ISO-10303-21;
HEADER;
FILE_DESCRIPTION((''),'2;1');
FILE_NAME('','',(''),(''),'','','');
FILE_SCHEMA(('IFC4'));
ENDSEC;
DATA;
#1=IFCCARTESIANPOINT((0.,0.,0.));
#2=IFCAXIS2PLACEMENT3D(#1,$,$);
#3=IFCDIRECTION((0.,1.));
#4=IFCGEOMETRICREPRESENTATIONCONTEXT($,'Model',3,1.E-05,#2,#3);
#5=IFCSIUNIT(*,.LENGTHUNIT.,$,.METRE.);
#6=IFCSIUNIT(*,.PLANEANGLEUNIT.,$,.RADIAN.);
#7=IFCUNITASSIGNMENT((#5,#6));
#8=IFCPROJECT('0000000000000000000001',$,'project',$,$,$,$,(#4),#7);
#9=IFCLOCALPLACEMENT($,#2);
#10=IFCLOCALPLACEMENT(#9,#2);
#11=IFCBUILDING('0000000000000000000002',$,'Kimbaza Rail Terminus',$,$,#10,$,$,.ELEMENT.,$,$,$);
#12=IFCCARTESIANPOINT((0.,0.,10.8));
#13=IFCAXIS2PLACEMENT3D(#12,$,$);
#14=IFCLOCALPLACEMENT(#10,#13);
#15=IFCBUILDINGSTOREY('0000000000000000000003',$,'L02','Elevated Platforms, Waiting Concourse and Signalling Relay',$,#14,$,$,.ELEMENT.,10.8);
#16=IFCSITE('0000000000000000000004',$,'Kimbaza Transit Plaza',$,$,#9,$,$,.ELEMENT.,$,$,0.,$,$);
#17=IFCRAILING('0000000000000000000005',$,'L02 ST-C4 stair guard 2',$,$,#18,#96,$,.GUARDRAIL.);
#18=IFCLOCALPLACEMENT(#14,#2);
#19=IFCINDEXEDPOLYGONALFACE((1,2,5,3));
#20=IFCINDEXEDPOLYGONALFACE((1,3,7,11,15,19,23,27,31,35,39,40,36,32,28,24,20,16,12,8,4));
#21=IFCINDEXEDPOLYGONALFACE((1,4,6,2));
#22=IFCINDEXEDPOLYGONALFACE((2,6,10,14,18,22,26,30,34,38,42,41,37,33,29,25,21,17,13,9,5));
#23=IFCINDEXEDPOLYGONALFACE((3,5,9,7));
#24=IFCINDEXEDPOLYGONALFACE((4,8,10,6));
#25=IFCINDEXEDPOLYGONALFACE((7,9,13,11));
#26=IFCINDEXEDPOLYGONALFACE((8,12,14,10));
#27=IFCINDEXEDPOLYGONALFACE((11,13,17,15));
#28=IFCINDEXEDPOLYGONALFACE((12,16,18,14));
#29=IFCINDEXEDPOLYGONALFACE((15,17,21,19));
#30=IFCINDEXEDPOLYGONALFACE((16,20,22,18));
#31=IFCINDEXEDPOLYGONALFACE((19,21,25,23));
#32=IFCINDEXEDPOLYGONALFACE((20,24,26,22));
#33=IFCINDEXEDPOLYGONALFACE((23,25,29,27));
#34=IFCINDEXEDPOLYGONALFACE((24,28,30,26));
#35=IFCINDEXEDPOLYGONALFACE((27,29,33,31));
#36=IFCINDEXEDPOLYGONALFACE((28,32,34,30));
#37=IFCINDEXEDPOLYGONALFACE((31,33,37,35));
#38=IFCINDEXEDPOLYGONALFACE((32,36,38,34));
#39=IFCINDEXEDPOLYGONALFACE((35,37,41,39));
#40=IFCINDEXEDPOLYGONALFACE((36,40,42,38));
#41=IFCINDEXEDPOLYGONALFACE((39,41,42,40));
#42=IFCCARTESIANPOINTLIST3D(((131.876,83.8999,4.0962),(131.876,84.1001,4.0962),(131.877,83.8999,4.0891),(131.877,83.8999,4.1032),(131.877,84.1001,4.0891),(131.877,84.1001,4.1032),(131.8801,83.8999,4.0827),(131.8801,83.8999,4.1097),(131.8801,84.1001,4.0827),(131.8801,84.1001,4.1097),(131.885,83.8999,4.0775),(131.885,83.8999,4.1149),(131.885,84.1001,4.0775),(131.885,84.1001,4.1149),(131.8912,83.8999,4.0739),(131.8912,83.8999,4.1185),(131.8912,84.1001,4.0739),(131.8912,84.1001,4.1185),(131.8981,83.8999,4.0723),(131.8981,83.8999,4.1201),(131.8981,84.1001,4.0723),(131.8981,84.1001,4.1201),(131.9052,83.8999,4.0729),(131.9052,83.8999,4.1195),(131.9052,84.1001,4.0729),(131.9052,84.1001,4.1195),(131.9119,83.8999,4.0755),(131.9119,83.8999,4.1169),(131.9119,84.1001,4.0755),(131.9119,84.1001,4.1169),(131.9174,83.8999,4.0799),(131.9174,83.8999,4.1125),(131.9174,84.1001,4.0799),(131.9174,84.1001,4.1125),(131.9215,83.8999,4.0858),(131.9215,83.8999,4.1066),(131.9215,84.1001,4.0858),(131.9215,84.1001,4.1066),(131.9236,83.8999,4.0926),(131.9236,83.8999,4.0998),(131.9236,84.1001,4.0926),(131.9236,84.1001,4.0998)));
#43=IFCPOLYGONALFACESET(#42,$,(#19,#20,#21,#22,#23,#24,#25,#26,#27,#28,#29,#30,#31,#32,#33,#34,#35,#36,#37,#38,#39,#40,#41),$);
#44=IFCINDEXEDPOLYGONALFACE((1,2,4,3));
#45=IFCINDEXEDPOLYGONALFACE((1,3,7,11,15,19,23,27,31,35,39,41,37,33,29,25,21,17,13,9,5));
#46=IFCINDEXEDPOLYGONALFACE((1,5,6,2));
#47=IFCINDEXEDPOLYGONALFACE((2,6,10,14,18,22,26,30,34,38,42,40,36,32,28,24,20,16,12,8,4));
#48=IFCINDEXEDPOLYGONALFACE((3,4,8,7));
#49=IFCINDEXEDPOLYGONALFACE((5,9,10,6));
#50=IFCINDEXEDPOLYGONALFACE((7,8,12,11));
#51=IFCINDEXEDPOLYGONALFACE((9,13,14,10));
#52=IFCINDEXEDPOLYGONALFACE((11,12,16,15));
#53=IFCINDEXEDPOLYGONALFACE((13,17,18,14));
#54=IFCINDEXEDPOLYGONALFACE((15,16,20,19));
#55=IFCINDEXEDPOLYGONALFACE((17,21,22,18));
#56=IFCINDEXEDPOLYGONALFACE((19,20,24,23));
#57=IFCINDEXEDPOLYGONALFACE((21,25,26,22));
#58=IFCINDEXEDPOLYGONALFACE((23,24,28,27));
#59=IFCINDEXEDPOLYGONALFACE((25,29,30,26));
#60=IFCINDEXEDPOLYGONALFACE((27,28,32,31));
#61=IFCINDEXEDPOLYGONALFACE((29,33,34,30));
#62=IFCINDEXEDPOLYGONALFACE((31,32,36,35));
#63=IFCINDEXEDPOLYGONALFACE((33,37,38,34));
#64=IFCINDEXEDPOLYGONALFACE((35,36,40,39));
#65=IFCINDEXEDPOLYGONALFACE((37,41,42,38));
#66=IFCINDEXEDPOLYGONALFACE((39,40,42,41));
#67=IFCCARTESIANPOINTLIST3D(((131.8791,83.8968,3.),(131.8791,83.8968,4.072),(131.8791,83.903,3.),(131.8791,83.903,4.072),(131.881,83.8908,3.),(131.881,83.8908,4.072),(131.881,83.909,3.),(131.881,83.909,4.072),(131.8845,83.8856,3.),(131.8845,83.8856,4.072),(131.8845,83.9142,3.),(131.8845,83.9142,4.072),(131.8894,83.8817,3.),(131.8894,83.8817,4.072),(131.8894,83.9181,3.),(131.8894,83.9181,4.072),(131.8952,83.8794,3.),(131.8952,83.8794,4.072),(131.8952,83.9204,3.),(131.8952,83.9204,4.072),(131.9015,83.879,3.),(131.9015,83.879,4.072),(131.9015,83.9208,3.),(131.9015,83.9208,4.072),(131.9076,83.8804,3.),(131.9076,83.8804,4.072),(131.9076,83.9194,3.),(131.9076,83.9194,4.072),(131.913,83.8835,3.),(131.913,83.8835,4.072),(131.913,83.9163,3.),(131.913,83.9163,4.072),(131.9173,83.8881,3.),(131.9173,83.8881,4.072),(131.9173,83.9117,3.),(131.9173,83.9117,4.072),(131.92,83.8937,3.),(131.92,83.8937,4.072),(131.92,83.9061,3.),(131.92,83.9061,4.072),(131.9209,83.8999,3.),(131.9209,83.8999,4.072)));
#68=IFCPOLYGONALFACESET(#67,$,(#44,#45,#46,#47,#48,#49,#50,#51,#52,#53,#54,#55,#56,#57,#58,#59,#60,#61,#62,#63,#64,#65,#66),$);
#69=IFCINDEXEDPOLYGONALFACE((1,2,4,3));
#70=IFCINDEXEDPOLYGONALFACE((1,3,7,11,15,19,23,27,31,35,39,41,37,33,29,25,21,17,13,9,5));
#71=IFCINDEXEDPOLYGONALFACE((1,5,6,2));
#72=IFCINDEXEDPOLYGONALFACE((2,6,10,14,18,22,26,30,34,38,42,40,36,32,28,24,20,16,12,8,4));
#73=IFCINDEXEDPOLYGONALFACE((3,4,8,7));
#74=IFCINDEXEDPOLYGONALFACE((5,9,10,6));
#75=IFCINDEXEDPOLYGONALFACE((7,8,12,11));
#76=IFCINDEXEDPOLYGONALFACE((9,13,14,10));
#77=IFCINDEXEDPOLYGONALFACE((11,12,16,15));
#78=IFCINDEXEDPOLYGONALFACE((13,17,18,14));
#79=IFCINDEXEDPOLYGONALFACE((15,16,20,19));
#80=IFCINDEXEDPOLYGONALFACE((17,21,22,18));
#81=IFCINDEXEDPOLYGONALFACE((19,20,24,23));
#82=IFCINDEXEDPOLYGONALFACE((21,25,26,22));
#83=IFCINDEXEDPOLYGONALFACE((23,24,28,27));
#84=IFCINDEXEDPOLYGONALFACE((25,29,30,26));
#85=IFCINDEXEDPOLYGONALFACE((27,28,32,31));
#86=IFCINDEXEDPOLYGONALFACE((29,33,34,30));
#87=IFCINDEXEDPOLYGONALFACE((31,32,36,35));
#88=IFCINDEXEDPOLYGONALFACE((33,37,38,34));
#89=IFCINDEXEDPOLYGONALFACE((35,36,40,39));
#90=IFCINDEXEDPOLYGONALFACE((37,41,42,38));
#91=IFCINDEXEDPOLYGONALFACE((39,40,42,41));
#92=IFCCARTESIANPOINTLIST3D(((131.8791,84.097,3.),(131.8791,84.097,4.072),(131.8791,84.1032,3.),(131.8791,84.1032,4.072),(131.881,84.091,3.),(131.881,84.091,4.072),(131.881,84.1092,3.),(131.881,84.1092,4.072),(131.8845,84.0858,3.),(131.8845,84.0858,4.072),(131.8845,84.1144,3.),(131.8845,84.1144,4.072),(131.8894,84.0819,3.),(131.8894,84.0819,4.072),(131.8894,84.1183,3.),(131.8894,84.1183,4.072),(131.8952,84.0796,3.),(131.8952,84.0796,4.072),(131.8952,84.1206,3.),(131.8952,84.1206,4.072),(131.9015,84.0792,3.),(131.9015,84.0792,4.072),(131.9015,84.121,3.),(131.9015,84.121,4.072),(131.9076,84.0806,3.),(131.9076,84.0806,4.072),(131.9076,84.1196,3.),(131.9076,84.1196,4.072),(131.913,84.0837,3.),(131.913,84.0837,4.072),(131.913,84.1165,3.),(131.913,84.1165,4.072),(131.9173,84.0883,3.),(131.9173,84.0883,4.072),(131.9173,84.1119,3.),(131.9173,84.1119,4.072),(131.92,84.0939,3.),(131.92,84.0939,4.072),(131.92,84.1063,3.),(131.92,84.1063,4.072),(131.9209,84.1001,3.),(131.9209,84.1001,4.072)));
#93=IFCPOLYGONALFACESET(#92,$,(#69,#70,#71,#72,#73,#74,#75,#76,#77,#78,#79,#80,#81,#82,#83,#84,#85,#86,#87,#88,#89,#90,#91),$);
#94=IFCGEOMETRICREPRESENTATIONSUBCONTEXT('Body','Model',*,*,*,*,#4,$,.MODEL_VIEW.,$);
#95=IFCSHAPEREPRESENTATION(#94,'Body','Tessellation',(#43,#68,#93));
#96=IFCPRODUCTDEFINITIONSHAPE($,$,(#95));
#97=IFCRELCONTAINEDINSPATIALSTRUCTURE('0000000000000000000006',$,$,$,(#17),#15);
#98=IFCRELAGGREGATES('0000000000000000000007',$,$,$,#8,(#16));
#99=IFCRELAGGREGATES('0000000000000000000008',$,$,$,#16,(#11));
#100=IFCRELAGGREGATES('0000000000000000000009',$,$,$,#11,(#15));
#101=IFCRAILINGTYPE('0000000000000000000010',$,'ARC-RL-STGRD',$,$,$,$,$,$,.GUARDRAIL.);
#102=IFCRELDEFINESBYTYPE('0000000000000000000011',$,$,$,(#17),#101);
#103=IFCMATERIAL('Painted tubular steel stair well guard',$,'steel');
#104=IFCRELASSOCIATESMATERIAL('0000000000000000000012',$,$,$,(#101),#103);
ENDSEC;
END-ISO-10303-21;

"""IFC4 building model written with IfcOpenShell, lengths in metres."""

from ifc_helpers import new_model, si_unit, direction, frame, origin, origin_2d, place, context, subcontext, project, spatial, circle, extrude, material, type_object, element, save


model = new_model("IFC4")

# Units and contexts
model_context = context("Model", 3, precision=1e-05, world=origin(), true_north=direction((0.0, 1.0)))
body_context = subcontext(model_context, "Body", "Model", "MODEL_VIEW")
ifc_project = project(units=[si_unit("LENGTHUNIT", "METRE"), si_unit("PLANEANGLEUNIT", "RADIAN")], contexts=[model_context])

# Site, building, storey
site_placement = place(None, origin())
site = spatial("IfcSite", under=ifc_project, at=site_placement, Name="Kimbaza Transit Plaza", CompositionType="ELEMENT", RefElevation=0.0)
building_placement = place(site_placement, origin())
building = spatial("IfcBuilding", under=site, at=building_placement, Name="Kimbaza Rail Terminus", CompositionType="ELEMENT")
storey_placement = place(building_placement, frame((0.0, 0.0, 10.8)))
storey = spatial("IfcBuildingStorey", under=building, at=storey_placement, Name="L02", Description="Elevated Platforms, Waiting Concourse and Signalling Relay", CompositionType="ELEMENT", Elevation=10.8)

# Railing
ifc_material_1 = material(Name="Painted tubular steel stair well guard", Category="steel")
railing_type_1 = type_object("IfcRailingType", Name="ARC-RL-STGRD", PredefinedType="GUARDRAIL", material=ifc_material_1)
railing_1_placement = place(storey_placement, frame((131.8999, 83.8999, 3.0)))
element("IfcRailing", 1, at=railing_1_placement, inside=storey, type_object=railing_type_1, Name="L02 ST-C4 stair guard 2", PredefinedType="GUARDRAIL", context=body_context, shape_type="SweptSolid", body=[
    extrude(circle(Radius=0.0239, at=origin_2d()), frame((0.0, 0.0, 1.0962), z_axis=(0.0, 1.0, 0.0), x_axis=(-1.0, 0.0, 0.0)), (0.0, 0.0, 1.0), 0.2002),
    extrude(circle(Radius=0.021, at=origin_2d()), origin(), (0.0, 0.0, 1.0), 1.072),
    extrude(circle(Radius=0.021, at=origin_2d()), frame((0.0, 0.2002, 0.0)), (0.0, 0.0, 1.0), 1.072),
])

save(model, "model.ifc")
